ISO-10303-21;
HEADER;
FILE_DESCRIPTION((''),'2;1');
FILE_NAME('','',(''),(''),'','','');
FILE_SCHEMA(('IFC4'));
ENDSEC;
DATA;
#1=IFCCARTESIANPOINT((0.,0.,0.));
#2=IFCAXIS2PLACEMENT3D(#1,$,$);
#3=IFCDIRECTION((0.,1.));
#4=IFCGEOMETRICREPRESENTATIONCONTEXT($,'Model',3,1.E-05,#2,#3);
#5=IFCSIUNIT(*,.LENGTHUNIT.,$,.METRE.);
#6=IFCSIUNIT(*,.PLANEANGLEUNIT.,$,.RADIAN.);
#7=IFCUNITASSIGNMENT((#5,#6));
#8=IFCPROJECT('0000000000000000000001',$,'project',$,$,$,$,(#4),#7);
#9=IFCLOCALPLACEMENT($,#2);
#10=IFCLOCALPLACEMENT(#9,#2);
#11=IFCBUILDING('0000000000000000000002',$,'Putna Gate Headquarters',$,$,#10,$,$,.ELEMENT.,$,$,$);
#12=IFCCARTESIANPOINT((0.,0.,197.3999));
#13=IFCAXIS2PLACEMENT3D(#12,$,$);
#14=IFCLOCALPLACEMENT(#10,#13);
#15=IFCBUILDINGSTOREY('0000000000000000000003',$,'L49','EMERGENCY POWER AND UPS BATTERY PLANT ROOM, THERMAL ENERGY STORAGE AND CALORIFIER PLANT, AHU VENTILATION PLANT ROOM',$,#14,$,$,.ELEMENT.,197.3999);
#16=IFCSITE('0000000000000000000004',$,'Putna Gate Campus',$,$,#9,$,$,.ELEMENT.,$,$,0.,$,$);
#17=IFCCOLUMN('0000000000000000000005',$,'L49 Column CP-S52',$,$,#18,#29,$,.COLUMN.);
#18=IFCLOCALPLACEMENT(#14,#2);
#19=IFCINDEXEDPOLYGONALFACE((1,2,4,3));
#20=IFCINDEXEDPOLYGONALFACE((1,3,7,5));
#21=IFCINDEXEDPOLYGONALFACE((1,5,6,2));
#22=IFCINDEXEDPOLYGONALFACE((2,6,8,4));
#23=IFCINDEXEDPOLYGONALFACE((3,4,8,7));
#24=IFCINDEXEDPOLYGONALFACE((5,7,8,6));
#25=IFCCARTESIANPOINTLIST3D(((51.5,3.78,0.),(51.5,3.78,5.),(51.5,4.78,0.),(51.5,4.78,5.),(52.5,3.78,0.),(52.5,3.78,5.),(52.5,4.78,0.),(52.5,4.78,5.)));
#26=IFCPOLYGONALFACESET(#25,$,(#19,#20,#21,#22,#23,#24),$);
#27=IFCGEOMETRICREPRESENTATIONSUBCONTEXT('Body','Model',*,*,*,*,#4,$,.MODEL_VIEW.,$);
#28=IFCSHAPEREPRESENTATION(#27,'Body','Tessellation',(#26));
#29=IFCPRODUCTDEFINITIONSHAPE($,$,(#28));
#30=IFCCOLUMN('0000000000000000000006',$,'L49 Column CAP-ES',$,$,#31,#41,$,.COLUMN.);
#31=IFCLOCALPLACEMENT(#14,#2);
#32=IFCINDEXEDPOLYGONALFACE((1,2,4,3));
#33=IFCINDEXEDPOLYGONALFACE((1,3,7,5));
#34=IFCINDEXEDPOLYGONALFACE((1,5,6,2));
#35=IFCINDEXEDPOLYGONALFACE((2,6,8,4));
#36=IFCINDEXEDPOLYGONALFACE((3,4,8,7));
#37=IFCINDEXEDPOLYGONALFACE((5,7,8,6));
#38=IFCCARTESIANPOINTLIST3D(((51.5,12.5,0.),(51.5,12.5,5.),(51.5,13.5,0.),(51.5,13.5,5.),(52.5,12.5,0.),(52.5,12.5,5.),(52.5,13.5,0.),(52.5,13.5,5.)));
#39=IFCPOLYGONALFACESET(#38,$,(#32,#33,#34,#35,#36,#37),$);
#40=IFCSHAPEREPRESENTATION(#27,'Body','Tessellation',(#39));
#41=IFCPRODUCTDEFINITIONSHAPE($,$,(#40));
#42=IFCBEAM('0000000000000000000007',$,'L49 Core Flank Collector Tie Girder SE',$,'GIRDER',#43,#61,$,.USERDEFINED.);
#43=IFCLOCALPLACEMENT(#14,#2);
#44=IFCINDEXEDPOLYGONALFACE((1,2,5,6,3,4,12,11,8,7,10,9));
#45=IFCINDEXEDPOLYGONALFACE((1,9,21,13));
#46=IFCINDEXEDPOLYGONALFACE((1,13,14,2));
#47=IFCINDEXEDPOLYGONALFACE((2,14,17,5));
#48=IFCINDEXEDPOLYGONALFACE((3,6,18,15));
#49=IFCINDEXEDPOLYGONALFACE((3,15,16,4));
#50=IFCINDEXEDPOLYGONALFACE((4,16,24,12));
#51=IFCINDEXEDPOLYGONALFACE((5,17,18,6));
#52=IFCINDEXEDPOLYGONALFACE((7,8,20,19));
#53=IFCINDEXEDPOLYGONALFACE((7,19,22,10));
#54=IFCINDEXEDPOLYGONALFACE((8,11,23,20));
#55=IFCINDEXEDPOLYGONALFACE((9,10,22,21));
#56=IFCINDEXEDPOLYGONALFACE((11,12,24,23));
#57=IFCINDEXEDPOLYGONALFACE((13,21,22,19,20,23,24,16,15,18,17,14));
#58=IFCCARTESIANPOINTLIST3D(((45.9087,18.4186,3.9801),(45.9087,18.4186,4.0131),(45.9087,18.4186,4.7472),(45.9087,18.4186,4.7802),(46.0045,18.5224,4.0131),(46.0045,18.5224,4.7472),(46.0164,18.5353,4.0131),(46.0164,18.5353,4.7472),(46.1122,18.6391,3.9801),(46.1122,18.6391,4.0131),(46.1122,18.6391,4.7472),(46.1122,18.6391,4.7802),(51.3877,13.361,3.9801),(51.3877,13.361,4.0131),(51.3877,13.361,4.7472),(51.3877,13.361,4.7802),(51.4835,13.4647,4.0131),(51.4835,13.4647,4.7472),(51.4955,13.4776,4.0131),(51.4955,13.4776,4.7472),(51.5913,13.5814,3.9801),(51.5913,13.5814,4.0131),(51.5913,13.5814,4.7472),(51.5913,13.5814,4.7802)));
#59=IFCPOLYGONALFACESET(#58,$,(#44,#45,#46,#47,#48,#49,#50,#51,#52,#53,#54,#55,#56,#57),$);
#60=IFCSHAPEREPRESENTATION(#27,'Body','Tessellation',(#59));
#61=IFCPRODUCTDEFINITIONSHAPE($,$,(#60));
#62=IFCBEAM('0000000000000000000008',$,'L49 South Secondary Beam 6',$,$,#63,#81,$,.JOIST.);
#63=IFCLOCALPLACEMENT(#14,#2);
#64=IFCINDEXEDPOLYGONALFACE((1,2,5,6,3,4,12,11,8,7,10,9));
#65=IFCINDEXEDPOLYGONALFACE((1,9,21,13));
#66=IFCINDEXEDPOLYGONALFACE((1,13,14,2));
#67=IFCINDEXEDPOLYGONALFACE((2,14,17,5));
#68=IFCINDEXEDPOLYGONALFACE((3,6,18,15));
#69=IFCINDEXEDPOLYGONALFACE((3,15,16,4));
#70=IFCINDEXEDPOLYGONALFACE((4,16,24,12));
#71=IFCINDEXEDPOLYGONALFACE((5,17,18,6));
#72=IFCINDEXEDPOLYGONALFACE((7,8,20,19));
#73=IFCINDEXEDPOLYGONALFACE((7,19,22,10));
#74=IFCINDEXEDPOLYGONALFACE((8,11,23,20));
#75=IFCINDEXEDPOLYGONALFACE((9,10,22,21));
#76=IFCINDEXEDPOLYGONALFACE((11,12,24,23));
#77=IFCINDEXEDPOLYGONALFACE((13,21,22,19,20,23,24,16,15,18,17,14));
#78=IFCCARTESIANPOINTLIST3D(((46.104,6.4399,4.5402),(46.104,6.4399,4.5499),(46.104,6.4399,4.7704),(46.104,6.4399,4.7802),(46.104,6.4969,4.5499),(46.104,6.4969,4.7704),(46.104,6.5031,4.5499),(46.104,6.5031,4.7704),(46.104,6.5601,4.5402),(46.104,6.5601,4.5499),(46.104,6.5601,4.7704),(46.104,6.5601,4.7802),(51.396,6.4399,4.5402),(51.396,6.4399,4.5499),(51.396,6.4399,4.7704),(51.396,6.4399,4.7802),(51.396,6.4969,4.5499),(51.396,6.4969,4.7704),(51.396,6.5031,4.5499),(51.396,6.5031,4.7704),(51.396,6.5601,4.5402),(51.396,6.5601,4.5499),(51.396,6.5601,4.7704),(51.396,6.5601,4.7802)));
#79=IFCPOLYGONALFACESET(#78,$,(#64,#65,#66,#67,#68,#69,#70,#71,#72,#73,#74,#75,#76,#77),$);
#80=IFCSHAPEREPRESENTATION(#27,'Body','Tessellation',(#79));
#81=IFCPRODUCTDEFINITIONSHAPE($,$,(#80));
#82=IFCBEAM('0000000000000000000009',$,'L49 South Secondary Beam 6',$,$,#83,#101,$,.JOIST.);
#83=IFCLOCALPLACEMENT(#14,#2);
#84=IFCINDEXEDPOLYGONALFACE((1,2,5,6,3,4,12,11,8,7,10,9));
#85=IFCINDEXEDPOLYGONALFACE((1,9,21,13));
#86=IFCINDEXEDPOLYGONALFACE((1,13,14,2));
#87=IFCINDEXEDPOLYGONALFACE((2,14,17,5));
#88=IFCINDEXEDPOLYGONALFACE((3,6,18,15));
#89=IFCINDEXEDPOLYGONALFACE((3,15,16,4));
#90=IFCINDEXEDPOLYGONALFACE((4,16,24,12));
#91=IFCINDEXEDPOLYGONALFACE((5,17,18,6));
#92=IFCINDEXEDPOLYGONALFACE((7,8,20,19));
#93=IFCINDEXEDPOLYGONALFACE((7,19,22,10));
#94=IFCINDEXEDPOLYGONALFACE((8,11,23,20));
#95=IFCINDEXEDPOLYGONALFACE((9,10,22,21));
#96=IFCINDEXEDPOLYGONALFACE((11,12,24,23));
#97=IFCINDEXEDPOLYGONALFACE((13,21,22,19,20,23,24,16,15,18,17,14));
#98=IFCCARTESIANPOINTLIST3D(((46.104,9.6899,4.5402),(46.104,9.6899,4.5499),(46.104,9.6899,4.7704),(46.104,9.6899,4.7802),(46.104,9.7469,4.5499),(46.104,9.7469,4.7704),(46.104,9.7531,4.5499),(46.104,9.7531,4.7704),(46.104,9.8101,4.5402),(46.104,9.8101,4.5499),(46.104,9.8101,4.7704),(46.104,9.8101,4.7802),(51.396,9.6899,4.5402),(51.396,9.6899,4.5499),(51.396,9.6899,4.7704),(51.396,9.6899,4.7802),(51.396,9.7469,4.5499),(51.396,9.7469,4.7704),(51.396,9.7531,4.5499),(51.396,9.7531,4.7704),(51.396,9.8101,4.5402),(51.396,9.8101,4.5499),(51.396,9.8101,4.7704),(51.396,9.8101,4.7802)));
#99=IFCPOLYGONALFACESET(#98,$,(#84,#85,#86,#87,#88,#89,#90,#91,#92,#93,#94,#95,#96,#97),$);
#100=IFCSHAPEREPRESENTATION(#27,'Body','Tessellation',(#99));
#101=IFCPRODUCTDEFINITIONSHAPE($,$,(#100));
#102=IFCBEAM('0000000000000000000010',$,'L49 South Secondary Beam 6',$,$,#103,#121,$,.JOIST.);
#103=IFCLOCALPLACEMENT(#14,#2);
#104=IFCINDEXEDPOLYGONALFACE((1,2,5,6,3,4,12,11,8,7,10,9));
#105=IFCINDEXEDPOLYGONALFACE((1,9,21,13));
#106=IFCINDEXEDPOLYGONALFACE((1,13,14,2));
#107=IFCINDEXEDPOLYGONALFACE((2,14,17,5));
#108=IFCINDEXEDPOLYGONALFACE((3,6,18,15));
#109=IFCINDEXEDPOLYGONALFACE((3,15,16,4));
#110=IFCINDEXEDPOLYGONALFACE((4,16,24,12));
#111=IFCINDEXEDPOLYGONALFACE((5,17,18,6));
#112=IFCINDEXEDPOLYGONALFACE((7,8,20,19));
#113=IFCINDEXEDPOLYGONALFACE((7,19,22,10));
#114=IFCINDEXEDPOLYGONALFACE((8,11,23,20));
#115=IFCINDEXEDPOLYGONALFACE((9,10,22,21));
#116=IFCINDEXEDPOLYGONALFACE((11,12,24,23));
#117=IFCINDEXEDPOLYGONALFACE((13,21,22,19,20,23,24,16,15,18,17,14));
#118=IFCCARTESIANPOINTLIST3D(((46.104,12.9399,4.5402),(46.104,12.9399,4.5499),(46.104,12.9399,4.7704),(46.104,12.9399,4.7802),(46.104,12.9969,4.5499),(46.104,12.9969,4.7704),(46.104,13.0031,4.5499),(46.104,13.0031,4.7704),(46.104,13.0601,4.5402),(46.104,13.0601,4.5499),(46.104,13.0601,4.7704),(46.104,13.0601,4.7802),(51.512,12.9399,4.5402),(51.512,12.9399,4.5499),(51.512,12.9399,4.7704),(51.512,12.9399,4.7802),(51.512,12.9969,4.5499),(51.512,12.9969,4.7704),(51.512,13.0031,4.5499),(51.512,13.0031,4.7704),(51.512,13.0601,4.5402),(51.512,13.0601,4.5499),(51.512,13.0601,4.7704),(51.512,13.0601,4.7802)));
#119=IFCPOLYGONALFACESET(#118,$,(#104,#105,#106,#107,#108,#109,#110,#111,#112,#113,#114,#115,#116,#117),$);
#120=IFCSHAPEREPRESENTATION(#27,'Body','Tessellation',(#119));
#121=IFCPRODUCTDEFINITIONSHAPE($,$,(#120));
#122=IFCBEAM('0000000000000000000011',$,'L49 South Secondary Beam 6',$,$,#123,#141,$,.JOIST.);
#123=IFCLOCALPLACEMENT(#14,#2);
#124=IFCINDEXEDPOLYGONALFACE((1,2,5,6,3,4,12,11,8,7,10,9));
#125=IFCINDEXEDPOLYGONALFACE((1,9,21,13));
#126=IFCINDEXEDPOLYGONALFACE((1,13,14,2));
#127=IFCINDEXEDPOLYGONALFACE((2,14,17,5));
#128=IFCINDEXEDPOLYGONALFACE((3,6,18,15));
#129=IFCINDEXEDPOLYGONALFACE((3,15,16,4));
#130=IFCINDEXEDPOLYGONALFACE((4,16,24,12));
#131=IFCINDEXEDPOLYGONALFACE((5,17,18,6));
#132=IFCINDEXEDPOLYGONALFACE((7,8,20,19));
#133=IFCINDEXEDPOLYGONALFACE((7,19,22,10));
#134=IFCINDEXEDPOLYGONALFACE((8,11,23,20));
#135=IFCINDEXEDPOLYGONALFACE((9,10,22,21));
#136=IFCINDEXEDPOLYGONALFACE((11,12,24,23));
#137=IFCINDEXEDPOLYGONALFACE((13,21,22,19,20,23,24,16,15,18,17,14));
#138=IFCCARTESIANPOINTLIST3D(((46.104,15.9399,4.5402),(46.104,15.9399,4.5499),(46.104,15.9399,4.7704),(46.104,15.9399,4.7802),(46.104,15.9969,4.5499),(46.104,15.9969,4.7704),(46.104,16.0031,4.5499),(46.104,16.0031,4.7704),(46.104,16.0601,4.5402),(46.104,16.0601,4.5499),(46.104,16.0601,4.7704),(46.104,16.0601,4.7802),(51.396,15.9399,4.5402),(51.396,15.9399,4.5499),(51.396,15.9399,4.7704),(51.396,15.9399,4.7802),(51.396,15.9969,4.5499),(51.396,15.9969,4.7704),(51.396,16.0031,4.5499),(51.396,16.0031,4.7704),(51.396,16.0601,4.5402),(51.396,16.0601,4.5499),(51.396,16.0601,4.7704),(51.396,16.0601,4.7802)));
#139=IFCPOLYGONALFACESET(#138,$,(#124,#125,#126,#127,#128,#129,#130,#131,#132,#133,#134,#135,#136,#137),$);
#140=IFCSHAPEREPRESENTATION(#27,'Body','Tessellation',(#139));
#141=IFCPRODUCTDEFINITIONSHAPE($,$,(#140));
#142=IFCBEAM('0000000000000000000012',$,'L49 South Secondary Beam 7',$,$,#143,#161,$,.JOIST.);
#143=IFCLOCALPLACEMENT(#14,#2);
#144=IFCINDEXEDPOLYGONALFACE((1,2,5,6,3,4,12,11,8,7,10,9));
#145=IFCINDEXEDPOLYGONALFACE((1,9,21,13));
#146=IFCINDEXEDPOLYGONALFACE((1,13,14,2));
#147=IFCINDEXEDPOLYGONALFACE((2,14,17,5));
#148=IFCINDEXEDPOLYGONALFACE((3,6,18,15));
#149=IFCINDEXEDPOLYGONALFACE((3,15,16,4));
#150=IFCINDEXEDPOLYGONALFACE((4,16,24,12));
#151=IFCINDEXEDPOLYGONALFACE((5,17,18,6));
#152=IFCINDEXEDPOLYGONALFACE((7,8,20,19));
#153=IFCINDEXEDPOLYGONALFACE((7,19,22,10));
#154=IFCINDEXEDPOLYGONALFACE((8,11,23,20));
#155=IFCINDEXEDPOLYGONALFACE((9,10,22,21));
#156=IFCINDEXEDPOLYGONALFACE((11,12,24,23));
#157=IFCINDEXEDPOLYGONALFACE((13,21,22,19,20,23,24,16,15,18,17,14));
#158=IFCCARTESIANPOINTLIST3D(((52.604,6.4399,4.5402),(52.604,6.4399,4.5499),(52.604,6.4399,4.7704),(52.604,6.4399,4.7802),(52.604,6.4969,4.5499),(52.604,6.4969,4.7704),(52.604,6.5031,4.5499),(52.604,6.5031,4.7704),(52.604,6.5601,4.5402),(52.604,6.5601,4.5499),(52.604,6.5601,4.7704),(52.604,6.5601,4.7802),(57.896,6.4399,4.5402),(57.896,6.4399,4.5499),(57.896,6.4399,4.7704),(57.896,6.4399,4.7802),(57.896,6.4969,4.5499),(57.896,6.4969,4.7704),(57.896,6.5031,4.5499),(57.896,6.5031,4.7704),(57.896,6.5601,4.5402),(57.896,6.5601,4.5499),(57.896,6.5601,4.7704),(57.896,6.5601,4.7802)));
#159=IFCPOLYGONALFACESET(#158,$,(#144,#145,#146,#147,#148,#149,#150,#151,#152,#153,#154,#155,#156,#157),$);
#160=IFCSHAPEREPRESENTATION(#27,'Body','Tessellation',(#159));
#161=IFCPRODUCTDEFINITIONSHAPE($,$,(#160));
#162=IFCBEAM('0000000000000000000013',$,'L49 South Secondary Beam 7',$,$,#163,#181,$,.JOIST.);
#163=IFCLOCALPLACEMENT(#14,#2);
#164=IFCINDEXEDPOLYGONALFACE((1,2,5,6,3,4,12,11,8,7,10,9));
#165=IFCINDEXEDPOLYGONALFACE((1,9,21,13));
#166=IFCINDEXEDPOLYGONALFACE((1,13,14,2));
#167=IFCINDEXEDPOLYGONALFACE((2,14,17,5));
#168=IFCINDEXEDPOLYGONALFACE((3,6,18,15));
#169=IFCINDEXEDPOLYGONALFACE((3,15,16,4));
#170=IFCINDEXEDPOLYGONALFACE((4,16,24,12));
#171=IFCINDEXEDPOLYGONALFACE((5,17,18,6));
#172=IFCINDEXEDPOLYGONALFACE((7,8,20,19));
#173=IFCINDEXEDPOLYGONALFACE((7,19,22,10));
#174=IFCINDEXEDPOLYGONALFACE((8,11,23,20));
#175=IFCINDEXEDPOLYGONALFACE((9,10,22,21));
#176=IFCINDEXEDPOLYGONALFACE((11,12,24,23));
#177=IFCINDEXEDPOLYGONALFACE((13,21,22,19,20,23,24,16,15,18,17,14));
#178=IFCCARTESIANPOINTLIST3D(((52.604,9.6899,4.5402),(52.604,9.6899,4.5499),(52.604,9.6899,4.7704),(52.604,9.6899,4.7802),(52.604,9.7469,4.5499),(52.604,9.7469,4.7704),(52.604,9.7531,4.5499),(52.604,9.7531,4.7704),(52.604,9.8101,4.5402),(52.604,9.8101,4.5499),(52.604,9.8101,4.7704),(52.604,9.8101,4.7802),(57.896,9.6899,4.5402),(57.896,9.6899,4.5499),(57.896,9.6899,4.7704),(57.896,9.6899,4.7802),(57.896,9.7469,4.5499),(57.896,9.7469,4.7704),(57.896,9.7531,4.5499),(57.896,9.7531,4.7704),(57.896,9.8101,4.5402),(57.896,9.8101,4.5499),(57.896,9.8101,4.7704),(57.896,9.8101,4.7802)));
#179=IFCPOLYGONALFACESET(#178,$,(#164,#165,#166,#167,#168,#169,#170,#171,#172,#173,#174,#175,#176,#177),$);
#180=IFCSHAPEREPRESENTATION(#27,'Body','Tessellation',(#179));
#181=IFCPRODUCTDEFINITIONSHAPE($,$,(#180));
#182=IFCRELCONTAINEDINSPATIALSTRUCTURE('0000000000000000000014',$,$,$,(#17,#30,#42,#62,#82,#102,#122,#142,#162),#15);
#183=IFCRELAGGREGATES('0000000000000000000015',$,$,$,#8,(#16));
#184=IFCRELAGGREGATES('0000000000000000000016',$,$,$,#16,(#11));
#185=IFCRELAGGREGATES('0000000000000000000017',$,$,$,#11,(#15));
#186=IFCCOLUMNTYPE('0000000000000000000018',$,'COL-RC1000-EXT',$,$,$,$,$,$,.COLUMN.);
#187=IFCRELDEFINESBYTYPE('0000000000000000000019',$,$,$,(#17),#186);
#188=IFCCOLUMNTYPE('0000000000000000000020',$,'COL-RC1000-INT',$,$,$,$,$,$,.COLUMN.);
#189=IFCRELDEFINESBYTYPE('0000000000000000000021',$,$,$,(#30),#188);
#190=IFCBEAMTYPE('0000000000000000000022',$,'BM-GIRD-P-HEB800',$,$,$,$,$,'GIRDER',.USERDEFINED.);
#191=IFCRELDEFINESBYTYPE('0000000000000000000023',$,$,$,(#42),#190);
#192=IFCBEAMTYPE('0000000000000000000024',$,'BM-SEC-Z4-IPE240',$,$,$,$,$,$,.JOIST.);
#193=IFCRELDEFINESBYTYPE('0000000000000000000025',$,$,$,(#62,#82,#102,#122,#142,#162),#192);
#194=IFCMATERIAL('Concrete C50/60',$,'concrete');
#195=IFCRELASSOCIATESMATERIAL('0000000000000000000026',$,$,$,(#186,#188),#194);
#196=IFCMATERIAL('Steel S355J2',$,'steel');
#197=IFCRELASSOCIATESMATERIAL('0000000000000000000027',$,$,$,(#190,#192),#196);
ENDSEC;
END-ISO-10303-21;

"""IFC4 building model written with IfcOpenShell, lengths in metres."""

from ifc_helpers import new_model, si_unit, direction, frame, origin, origin_2d, place, context, subcontext, project, spatial, rectangle, i_section, extrude, material, material_profile, profile_set, type_object, element, save


model = new_model("IFC4")

# Units and contexts
model_context = context("Model", 3, precision=1e-05, world=origin(), true_north=direction((0.0, 1.0)))
body_context = subcontext(model_context, "Body", "Model", "MODEL_VIEW")
ifc_project = project(units=[si_unit("LENGTHUNIT", "METRE"), si_unit("PLANEANGLEUNIT", "RADIAN")], contexts=[model_context])

# Site, building, storey
site_placement = place(None, origin())
site = spatial("IfcSite", under=ifc_project, at=site_placement, Name="Putna Gate Campus", CompositionType="ELEMENT", RefElevation=0.0)
building_placement = place(site_placement, origin())
building = spatial("IfcBuilding", under=site, at=building_placement, Name="Putna Gate Headquarters", CompositionType="ELEMENT")
storey_placement = place(building_placement, frame((0.0, 0.0, 197.3999)))
storey = spatial("IfcBuildingStorey", under=building, at=storey_placement, Name="L49", Description="EMERGENCY POWER AND UPS BATTERY PLANT ROOM, THERMAL ENERGY STORAGE AND CALORIFIER PLANT, AHU VENTILATION PLANT ROOM", CompositionType="ELEMENT", Elevation=197.3999)

# Columns
ifc_material_1 = material(Name="Concrete C50/60", Category="concrete")
ifc_material_profile_1 = material_profile(ifc_material_1, rectangle(XDim=1.0, YDim=1.0, at=origin_2d()), Name="Concrete C50/60")
ifc_profile_set_1 = profile_set([ifc_material_profile_1], Name="Concrete C50/60")
column_type_1 = type_object("IfcColumnType", Name="COL-RC1000-EXT", PredefinedType="COLUMN", material=ifc_profile_set_1)
column_1_placement = place(storey_placement, frame((52.0, 4.28, 0.0), z_axis=(0.0, 0.0, 1.0), x_axis=(1.0, 0.0, 0.0)))
element("IfcColumn", 1, at=column_1_placement, inside=storey, type_object=column_type_1, Name="L49 Column CP-S52", PredefinedType="COLUMN", context=body_context, shape_type="SweptSolid", body=[
    extrude(rectangle(XDim=1.0, YDim=1.0, at=origin_2d()), origin(), (0.0, 0.0, 1.0), 5.0),
])
ifc_material_profile_2 = material_profile(ifc_material_1, rectangle(XDim=1.0, YDim=1.0, at=origin_2d()), Name="Concrete C50/60")
ifc_profile_set_2 = profile_set([ifc_material_profile_2], Name="Concrete C50/60")
column_type_2 = type_object("IfcColumnType", Name="COL-RC1000-INT", PredefinedType="COLUMN", material=ifc_profile_set_2)
column_2_placement = place(storey_placement, frame((52.0, 13.0, 0.0), z_axis=(0.0, 0.0, 1.0), x_axis=(1.0, 0.0, 0.0)))
element("IfcColumn", 2, at=column_2_placement, inside=storey, type_object=column_type_2, Name="L49 Column CAP-ES", PredefinedType="COLUMN", context=body_context, shape_type="SweptSolid", body=[
    extrude(rectangle(XDim=1.0, YDim=1.0, at=origin_2d()), origin(), (0.0, 0.0, 1.0), 5.0),
])

# Beams
ifc_material_2 = material(Name="Steel S355J2", Category="steel")
ifc_material_profile_3 = material_profile(ifc_material_2, i_section(OverallWidth=0.3, OverallDepth=0.8, WebThickness=0.0176, FlangeThickness=0.033, at=origin_2d()), Name="Steel S355J2")
ifc_profile_set_3 = profile_set([ifc_material_profile_3], Name="Steel S355J2")
beam_type_1 = type_object("IfcBeamType", Name="BM-GIRD-P-HEB800", ElementType="GIRDER", PredefinedType="USERDEFINED", material=ifc_profile_set_3)
beam_1_placement = place(storey_placement, frame((51.4895, 13.4712, 4.3801), z_axis=(-0.734798, 0.678286, 0.0), x_axis=(-0.678286, -0.734798, 0.0)))
element("IfcBeam", 3, at=beam_1_placement, inside=storey, type_object=beam_type_1, Name="L49 Core Flank Collector Tie Girder SE", ObjectType="GIRDER", PredefinedType="USERDEFINED", context=body_context, shape_type="SweptSolid", body=[
    extrude(i_section(OverallWidth=0.3, OverallDepth=0.8, WebThickness=0.0176, FlangeThickness=0.033, at=origin_2d()), origin(), (0.0, 0.0, 1.0), 7.4565),
])
ifc_material_profile_4 = material_profile(ifc_material_2, i_section(OverallWidth=0.1201, OverallDepth=0.24, WebThickness=0.0061, FlangeThickness=0.0098, at=origin_2d()), Name="Steel S355J2")
ifc_profile_set_4 = profile_set([ifc_material_profile_4], Name="Steel S355J2")
beam_type_2 = type_object("IfcBeamType", Name="BM-SEC-Z4-IPE240", PredefinedType="JOIST", material=ifc_profile_set_4)
for number, where, z_axis, x_axis, name in (
    (4, (46.104, 6.5, 4.6602), (1.0, 0.0, 0.0), (0.0, 1.0, 0.0), "L49 South Secondary Beam 6"),
    (5, (46.104, 9.75, 4.6602), (1.0, 0.0, 0.0), (0.0, 1.0, 0.0), "L49 South Secondary Beam 6"),
):
    element("IfcBeam", number, at=place(storey_placement, frame(where, z_axis=z_axis, x_axis=x_axis)), inside=storey, type_object=beam_type_2, Name=name, PredefinedType="JOIST", context=body_context, shape_type="SweptSolid", body=[
        extrude(i_section(OverallWidth=0.1201, OverallDepth=0.24, WebThickness=0.0061, FlangeThickness=0.0098, at=origin_2d()), origin(), (0.0, 0.0, 1.0), 5.292),
    ])
beam_2_placement = place(storey_placement, frame((46.104, 13.0, 4.6602), z_axis=(1.0, 0.0, 0.0), x_axis=(0.0, 1.0, 0.0)))
element("IfcBeam", 6, at=beam_2_placement, inside=storey, type_object=beam_type_2, Name="L49 South Secondary Beam 6", PredefinedType="JOIST", context=body_context, shape_type="SweptSolid", body=[
    extrude(i_section(OverallWidth=0.1201, OverallDepth=0.24, WebThickness=0.0061, FlangeThickness=0.0098, at=origin_2d()), origin(), (0.0, 0.0, 1.0), 5.408),
])
for number, where, z_axis, x_axis, name in (
    (7, (46.104, 16.0, 4.6602), (1.0, 0.0, 0.0), (0.0, 1.0, 0.0), "L49 South Secondary Beam 6"),
    (8, (52.604, 6.5, 4.6602), (1.0, 0.0, 0.0), (0.0, 1.0, 0.0), "L49 South Secondary Beam 7"),
    (9, (52.604, 9.75, 4.6602), (1.0, 0.0, 0.0), (0.0, 1.0, 0.0), "L49 South Secondary Beam 7"),
):
    element("IfcBeam", number, at=place(storey_placement, frame(where, z_axis=z_axis, x_axis=x_axis)), inside=storey, type_object=beam_type_2, Name=name, PredefinedType="JOIST", context=body_context, shape_type="SweptSolid", body=[
        extrude(i_section(OverallWidth=0.1201, OverallDepth=0.24, WebThickness=0.0061, FlangeThickness=0.0098, at=origin_2d()), origin(), (0.0, 0.0, 1.0), 5.292),
    ])

save(model, "model.ifc")
